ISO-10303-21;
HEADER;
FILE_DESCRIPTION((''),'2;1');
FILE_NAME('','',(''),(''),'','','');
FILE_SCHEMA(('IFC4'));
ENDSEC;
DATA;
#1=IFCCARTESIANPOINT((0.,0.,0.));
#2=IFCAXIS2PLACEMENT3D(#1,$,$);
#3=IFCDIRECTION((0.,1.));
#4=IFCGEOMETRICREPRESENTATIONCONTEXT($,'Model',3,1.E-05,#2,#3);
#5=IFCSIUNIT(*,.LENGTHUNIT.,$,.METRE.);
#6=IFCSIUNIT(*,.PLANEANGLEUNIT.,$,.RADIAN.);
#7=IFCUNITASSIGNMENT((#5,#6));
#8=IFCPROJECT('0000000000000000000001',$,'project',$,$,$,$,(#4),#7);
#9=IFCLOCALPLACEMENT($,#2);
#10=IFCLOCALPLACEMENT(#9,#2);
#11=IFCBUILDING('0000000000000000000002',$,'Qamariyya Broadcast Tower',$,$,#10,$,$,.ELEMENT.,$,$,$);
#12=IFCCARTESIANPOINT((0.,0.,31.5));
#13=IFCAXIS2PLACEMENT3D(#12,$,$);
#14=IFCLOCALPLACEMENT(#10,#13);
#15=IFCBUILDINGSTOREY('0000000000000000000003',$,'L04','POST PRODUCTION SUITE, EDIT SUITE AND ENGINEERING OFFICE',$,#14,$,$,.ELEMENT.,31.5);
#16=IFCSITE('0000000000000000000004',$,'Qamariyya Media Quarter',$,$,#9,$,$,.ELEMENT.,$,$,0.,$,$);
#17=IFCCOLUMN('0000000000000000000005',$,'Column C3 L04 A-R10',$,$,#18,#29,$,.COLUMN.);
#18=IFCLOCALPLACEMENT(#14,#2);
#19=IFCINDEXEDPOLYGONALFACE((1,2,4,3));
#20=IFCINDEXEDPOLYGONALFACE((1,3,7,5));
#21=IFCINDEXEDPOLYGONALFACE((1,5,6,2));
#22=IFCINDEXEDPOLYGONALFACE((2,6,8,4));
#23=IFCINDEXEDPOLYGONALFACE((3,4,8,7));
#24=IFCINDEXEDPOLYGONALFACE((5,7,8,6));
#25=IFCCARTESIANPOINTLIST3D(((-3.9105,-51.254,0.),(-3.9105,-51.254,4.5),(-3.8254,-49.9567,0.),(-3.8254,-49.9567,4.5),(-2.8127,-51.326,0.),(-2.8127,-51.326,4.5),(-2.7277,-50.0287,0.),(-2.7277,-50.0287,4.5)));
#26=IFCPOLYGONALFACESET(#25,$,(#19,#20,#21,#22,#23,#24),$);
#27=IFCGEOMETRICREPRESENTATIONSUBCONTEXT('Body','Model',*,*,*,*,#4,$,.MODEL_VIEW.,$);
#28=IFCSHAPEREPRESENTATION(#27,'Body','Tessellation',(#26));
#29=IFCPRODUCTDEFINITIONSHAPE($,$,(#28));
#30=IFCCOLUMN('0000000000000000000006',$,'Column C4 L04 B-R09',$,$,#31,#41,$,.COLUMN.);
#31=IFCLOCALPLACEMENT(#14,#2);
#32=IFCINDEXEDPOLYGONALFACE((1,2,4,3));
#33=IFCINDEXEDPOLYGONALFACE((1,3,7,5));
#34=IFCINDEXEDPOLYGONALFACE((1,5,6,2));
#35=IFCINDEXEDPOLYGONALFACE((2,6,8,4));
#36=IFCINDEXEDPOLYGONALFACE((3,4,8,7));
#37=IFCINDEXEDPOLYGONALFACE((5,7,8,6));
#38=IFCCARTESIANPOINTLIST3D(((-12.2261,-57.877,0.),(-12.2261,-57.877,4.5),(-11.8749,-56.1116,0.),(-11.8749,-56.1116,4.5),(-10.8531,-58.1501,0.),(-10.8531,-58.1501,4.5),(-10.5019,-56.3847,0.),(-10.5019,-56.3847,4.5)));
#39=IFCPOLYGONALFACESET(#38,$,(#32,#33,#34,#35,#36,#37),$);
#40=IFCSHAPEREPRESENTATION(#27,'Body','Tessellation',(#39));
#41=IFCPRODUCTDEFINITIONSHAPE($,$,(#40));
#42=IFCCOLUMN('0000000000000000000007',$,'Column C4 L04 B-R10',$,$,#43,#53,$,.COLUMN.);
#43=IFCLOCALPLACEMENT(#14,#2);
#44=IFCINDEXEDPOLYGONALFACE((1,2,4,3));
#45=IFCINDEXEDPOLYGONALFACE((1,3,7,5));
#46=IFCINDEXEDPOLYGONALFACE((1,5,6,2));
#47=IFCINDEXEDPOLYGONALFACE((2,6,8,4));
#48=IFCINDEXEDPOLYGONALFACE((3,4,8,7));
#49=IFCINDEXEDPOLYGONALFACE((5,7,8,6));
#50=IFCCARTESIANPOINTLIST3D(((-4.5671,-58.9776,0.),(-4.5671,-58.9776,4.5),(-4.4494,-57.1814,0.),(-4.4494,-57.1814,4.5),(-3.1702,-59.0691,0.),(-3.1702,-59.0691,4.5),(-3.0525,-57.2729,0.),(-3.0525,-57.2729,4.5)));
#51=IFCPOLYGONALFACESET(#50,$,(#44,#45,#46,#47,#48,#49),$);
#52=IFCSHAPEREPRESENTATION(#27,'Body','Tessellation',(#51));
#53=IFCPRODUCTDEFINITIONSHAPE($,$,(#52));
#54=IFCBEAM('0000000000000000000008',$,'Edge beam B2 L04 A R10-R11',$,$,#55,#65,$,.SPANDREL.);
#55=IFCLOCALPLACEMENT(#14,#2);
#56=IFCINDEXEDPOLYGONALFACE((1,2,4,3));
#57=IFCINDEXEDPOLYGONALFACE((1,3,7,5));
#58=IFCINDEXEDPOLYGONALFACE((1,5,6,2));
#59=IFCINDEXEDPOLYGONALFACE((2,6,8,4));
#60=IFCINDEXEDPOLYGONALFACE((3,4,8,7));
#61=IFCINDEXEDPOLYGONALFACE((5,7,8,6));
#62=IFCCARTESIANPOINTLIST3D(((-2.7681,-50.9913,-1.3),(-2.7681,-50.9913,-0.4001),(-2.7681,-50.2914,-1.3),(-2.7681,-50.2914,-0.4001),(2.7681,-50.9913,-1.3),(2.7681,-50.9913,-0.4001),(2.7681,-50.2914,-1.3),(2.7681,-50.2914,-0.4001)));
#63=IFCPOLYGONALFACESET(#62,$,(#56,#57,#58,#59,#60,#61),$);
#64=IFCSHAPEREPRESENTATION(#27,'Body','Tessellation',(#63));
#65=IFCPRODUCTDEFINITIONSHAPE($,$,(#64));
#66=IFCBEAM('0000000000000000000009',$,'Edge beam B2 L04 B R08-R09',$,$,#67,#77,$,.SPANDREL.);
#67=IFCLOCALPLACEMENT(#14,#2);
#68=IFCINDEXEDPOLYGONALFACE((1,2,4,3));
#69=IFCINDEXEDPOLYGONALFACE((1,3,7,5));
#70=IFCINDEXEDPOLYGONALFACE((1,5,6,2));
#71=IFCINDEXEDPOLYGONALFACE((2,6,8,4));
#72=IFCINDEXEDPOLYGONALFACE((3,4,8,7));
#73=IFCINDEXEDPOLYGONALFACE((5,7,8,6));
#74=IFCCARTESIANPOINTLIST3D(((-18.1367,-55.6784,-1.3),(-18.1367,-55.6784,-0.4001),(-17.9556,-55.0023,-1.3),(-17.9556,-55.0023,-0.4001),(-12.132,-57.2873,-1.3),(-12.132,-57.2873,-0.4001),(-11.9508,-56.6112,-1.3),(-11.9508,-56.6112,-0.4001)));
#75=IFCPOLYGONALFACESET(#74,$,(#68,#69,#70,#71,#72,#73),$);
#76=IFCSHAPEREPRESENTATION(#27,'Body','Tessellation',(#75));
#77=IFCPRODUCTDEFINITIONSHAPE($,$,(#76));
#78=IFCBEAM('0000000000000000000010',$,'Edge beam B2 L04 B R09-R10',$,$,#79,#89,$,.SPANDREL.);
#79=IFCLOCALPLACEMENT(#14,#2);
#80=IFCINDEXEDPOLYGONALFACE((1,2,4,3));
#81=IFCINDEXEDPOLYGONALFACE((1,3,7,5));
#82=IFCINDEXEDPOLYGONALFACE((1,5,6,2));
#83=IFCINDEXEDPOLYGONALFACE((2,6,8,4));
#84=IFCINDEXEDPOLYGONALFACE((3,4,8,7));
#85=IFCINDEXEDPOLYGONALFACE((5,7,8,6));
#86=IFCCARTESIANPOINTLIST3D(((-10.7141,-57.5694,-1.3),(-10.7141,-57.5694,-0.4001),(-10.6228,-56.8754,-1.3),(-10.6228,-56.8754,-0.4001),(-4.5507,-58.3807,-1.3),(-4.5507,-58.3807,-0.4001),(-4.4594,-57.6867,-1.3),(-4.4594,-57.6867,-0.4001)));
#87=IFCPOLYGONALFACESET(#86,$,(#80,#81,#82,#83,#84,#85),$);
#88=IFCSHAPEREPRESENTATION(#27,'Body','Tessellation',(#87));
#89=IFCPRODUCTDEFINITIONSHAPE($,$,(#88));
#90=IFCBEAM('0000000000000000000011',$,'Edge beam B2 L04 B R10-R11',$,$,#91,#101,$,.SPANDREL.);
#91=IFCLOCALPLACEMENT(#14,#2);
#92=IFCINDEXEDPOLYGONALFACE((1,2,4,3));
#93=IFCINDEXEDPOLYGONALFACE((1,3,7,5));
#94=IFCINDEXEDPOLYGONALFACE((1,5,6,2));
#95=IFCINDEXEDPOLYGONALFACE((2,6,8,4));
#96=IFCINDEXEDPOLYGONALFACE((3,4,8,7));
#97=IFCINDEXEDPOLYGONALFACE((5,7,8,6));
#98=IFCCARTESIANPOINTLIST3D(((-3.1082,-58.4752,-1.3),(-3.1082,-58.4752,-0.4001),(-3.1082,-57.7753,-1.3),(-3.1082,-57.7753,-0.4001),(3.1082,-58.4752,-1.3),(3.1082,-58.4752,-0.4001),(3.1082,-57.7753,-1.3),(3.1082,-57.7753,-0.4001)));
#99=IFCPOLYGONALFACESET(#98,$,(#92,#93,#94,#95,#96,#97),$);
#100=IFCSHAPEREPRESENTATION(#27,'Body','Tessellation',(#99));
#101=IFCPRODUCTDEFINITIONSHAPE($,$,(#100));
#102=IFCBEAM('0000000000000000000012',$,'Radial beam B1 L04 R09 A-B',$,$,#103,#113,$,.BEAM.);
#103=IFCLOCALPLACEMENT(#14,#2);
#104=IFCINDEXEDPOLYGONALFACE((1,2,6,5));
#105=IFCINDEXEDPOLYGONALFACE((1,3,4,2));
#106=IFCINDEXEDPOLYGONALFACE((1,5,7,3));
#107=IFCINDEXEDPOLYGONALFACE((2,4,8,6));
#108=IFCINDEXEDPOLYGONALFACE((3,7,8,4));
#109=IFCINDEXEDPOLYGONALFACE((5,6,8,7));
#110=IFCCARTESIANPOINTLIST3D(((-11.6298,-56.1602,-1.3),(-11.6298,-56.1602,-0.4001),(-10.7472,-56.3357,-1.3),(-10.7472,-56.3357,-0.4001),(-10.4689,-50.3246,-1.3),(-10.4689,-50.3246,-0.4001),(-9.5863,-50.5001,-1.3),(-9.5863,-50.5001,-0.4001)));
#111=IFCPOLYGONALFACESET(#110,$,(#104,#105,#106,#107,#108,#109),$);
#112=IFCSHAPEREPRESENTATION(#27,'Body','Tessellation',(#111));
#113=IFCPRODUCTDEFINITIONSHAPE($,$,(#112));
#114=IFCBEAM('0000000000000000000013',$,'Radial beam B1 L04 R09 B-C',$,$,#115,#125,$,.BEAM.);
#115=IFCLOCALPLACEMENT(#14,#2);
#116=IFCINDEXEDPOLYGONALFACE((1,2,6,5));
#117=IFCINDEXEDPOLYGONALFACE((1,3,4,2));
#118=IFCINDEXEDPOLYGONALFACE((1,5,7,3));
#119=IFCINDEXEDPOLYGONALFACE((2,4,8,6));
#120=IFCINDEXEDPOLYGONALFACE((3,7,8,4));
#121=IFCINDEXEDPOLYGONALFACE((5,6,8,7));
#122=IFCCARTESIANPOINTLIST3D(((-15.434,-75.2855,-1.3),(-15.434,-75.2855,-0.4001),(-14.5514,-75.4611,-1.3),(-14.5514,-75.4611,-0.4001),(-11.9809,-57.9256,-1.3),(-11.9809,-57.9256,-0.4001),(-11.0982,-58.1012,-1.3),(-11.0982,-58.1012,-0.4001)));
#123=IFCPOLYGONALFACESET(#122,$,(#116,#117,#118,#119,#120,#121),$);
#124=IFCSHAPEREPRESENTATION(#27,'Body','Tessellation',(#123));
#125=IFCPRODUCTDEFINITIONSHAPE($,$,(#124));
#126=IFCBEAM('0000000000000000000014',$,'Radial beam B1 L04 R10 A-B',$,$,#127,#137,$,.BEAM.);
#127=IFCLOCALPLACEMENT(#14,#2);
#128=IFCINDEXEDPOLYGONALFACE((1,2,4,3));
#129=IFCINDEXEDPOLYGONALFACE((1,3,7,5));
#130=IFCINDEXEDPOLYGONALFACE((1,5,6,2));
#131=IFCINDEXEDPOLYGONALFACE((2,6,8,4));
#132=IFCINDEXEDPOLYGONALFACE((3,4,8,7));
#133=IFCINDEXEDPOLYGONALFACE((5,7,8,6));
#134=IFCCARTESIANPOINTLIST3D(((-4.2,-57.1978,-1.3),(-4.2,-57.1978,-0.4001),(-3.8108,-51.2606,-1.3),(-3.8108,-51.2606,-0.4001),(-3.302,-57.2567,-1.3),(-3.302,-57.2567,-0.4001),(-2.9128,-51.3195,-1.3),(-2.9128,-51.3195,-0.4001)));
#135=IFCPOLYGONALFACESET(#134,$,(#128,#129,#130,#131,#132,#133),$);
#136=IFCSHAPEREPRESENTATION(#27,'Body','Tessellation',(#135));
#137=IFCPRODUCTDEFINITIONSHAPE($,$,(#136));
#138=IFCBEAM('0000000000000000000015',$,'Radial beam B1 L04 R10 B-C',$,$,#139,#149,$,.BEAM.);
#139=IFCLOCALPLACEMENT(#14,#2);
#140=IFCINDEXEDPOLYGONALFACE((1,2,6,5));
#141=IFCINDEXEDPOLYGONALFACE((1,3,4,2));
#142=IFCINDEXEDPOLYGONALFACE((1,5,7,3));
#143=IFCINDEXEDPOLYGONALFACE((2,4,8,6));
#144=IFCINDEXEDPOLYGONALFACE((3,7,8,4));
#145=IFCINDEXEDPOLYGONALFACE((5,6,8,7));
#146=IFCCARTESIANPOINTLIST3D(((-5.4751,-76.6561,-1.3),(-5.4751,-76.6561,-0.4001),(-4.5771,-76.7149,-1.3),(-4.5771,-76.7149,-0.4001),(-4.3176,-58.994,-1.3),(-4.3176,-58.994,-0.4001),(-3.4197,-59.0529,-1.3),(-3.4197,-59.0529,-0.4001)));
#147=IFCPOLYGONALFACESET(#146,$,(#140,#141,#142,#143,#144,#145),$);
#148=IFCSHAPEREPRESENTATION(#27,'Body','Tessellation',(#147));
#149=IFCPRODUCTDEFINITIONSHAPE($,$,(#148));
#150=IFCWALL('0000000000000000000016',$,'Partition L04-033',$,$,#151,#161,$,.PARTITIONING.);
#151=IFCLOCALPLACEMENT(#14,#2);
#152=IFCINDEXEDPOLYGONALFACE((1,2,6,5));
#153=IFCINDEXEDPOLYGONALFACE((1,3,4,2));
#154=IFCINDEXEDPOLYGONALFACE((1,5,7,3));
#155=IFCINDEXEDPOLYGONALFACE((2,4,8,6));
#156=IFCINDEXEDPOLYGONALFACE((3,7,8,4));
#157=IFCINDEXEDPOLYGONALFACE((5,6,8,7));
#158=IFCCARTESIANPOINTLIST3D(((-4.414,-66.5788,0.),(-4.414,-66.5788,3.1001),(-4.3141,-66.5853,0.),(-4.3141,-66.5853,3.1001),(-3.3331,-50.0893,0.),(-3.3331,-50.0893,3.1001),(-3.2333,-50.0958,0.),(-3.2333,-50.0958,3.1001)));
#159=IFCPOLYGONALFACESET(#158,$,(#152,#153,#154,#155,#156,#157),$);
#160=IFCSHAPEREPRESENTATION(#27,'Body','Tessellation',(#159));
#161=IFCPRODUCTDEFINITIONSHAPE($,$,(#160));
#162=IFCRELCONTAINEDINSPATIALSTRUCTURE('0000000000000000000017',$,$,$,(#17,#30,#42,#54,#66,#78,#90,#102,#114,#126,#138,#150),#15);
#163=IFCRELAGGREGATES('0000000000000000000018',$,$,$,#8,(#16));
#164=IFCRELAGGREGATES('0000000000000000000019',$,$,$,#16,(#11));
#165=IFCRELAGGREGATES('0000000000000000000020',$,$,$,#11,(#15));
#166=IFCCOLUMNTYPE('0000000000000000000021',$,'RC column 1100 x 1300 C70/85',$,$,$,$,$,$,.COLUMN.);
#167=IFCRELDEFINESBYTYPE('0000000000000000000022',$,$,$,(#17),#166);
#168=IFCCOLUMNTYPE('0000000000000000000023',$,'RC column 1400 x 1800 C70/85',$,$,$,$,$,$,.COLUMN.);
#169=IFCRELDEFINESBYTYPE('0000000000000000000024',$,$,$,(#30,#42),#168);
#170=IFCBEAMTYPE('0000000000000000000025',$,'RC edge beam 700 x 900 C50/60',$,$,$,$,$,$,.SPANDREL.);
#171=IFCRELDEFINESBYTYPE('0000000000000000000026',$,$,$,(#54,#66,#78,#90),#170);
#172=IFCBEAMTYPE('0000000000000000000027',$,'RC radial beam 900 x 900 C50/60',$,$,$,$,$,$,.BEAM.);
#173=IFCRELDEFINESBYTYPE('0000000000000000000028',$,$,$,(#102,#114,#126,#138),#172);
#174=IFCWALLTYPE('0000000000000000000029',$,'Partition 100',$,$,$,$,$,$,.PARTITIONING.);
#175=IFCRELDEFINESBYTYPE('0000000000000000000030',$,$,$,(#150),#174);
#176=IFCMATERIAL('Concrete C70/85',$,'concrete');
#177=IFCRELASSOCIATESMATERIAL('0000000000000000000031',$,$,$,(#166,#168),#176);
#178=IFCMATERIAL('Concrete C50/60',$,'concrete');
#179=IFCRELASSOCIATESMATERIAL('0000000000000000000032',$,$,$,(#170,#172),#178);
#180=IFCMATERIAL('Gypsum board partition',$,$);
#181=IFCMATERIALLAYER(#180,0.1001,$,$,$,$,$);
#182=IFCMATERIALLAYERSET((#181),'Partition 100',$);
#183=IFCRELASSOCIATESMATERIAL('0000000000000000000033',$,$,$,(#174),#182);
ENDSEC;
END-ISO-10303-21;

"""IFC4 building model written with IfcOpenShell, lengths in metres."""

from ifc_helpers import new_model, si_unit, direction, frame, frame_2d, origin, origin_2d, place, context, subcontext, project, spatial, rectangle, extrude, material, layer, layer_set, material_profile, profile_set, type_object, element, save


model = new_model("IFC4")

# Units and contexts
model_context = context("Model", 3, precision=1e-05, world=origin(), true_north=direction((0.0, 1.0)))
body_context = subcontext(model_context, "Body", "Model", "MODEL_VIEW")
ifc_project = project(units=[si_unit("LENGTHUNIT", "METRE"), si_unit("PLANEANGLEUNIT", "RADIAN")], contexts=[model_context])

# Site, building, storey
site_placement = place(None, origin())
site = spatial("IfcSite", under=ifc_project, at=site_placement, Name="Qamariyya Media Quarter", CompositionType="ELEMENT", RefElevation=0.0)
building_placement = place(site_placement, origin())
building = spatial("IfcBuilding", under=site, at=building_placement, Name="Qamariyya Broadcast Tower", CompositionType="ELEMENT")
storey_placement = place(building_placement, frame((0.0, 0.0, 31.5)))
storey = spatial("IfcBuildingStorey", under=building, at=storey_placement, Name="L04", Description="POST PRODUCTION SUITE, EDIT SUITE AND ENGINEERING OFFICE", CompositionType="ELEMENT", Elevation=31.5)

# Columns
ifc_material_1 = material(Name="Concrete C70/85", Category="concrete")
ifc_material_profile_1 = material_profile(ifc_material_1, rectangle(XDim=1.1001, YDim=1.3, at=origin_2d()))
ifc_profile_set_1 = profile_set([ifc_material_profile_1], Name="Concrete C70/85")
column_type_1 = type_object("IfcColumnType", Name="RC column 1100 x 1300 C70/85", PredefinedType="COLUMN", material=ifc_profile_set_1)
column_placement = place(storey_placement, frame((-3.3191, -50.6414, 0.0), z_axis=(0.0, 0.0, 1.0), x_axis=(0.997859, -0.065403, 0.0)))
element("IfcColumn", 1, at=column_placement, inside=storey, type_object=column_type_1, Name="Column C3 L04 A-R10", PredefinedType="COLUMN", context=body_context, shape_type="SweptSolid", body=[
    extrude(rectangle(XDim=1.1001, YDim=1.3, at=origin_2d()), origin(), (0.0, 0.0, 1.0), 4.5),
])
ifc_material_profile_2 = material_profile(ifc_material_1, rectangle(XDim=1.3999, YDim=1.8, at=origin_2d()))
ifc_profile_set_2 = profile_set([ifc_material_profile_2], Name="Concrete C70/85")
column_type_2 = type_object("IfcColumnType", Name="RC column 1400 x 1800 C70/85", PredefinedType="COLUMN", material=ifc_profile_set_2)
for number, where, z_axis, x_axis, name in (
    (2, (-11.364, -57.1309, 0.0), (0.0, 0.0, 1.0), (0.980785, -0.19509, 0.0), "Column C4 L04 B-R09"),
    (3, (-3.8098, -58.1252, 0.0), (0.0, 0.0, 1.0), (0.997859, -0.065403, 0.0), "Column C4 L04 B-R10"),
):
    element("IfcColumn", number, at=place(storey_placement, frame(where, z_axis=z_axis, x_axis=x_axis)), inside=storey, type_object=column_type_2, Name=name, PredefinedType="COLUMN", context=body_context, shape_type="SweptSolid", body=[
        extrude(rectangle(XDim=1.3999, YDim=1.8, at=origin_2d()), origin(), (0.0, 0.0, 1.0), 4.5),
    ])

# Beams
ifc_material_2 = material(Name="Concrete C50/60", Category="concrete")
ifc_material_profile_3 = material_profile(ifc_material_2, rectangle(XDim=0.7, YDim=0.8999, at=origin_2d()))
ifc_profile_set_3 = profile_set([ifc_material_profile_3], Name="Concrete C50/60")
beam_type_1 = type_object("IfcBeamType", Name="RC edge beam 700 x 900 C50/60", PredefinedType="SPANDREL", material=ifc_profile_set_3)
beam_1_placement = place(storey_placement, frame((-2.7681, -50.6414, -0.8501), z_axis=(1.0, 0.0, 0.0), x_axis=(0.0, 1.0, 0.0)))
element("IfcBeam", 4, at=beam_1_placement, inside=storey, type_object=beam_type_1, Name="Edge beam B2 L04 A R10-R11", PredefinedType="SPANDREL", context=body_context, shape_type="SweptSolid", body=[
    extrude(rectangle(XDim=0.7, YDim=0.8999, at=origin_2d()), origin(), (0.0, 0.0, 1.0), 5.5361),
])
for number, where, z_axis, x_axis, name in (
    (5, (-18.0461, -55.3403, -0.8501), (0.965928, -0.258811, 0.0), (0.258811, 0.965928, 0.0), "Edge beam B2 L04 B R08-R09"),
    (6, (-10.6685, -57.2224, -0.8501), (0.991448, -0.130504, 0.0), (0.130504, 0.991448, 0.0), "Edge beam B2 L04 B R09-R10"),
):
    element("IfcBeam", number, at=place(storey_placement, frame(where, z_axis=z_axis, x_axis=x_axis)), inside=storey, type_object=beam_type_1, Name=name, PredefinedType="SPANDREL", context=body_context, shape_type="SweptSolid", body=[
        extrude(rectangle(XDim=0.7, YDim=0.8999, at=origin_2d()), origin(), (0.0, 0.0, 1.0), 6.2166),
    ])
beam_2_placement = place(storey_placement, frame((-3.1082, -58.1252, -0.8501), z_axis=(1.0, 0.0, 0.0), x_axis=(0.0, 1.0, 0.0)))
element("IfcBeam", 7, at=beam_2_placement, inside=storey, type_object=beam_type_1, Name="Edge beam B2 L04 B R10-R11", PredefinedType="SPANDREL", context=body_context, shape_type="SweptSolid", body=[
    extrude(rectangle(XDim=0.7, YDim=0.8999, at=origin_2d()), origin(), (0.0, 0.0, 1.0), 6.2163),
])
ifc_material_profile_4 = material_profile(ifc_material_2, rectangle(XDim=0.8999, YDim=0.8999, at=origin_2d()))
ifc_profile_set_4 = profile_set([ifc_material_profile_4], Name="Concrete C50/60")
beam_type_2 = type_object("IfcBeamType", Name="RC radial beam 900 x 900 C50/60", PredefinedType="BEAM", material=ifc_profile_set_4)
beam_3_placement = place(storey_placement, frame((-10.0276, -50.4124, -0.8501), z_axis=(-0.195106, -0.980782, 0.0), x_axis=(0.980782, -0.195106, 0.0)))
element("IfcBeam", 8, at=beam_3_placement, inside=storey, type_object=beam_type_2, Name="Radial beam B1 L04 R09 A-B", PredefinedType="BEAM", context=body_context, shape_type="SweptSolid", body=[
    extrude(rectangle(XDim=0.8999, YDim=0.8999, at=origin_2d()), origin(), (0.0, 0.0, 1.0), 5.95),
])
beam_4_placement = place(storey_placement, frame((-11.5396, -58.0134, -0.8501), z_axis=(-0.195092, -0.980785, 0.0), x_axis=(0.980785, -0.195092, 0.0)))
element("IfcBeam", 9, at=beam_4_placement, inside=storey, type_object=beam_type_2, Name="Radial beam B1 L04 R09 B-C", PredefinedType="BEAM", context=body_context, shape_type="SweptSolid", body=[
    extrude(rectangle(XDim=0.8999, YDim=0.8999, at=origin_2d()), origin(), (0.0, 0.0, 1.0), 17.7),
])
beam_5_placement = place(storey_placement, frame((-3.3618, -51.29, -0.8501), z_axis=(-0.065405, -0.997859, 0.0), x_axis=(0.997859, -0.065405, 0.0)))
element("IfcBeam", 10, at=beam_5_placement, inside=storey, type_object=beam_type_2, Name="Radial beam B1 L04 R10 A-B", PredefinedType="BEAM", context=body_context, shape_type="SweptSolid", body=[
    extrude(rectangle(XDim=0.8999, YDim=0.8999, at=origin_2d()), origin(), (0.0, 0.0, 1.0), 5.95),
])
beam_6_placement = place(storey_placement, frame((-3.8687, -59.0234, -0.8501), z_axis=(-0.065394, -0.99786, 0.0), x_axis=(0.99786, -0.065394, 0.0)))
element("IfcBeam", 11, at=beam_6_placement, inside=storey, type_object=beam_type_2, Name="Radial beam B1 L04 R10 B-C", PredefinedType="BEAM", context=body_context, shape_type="SweptSolid", body=[
    extrude(rectangle(XDim=0.8999, YDim=0.8999, at=origin_2d()), origin(), (0.0, 0.0, 1.0), 17.7),
])

# Wall
ifc_material_3 = material(Name="Gypsum board partition")
ifc_layer_1 = layer(ifc_material_3, 0.1001)
ifc_layer_set_1 = layer_set([ifc_layer_1], Name="Partition 100")
wall_type_1 = type_object("IfcWallType", Name="Partition 100", PredefinedType="PARTITIONING", material=ifc_layer_set_1)
wall_1_placement = place(storey_placement, frame((-3.2832, -50.0925, 0.0), z_axis=(0.0, 0.0, 1.0), x_axis=(-0.065405, -0.997859, 0.0)))
element("IfcWall", 12, at=wall_1_placement, inside=storey, type_object=wall_type_1, Name="Partition L04-033", PredefinedType="PARTITIONING", context=body_context, shape_type="SweptSolid", body=[
    extrude(rectangle(XDim=16.5249, YDim=0.1001, at=frame_2d((8.2625, 0.0))), origin(), (0.0, 0.0, 1.0), 3.1001),
])

save(model, "model.ifc")
